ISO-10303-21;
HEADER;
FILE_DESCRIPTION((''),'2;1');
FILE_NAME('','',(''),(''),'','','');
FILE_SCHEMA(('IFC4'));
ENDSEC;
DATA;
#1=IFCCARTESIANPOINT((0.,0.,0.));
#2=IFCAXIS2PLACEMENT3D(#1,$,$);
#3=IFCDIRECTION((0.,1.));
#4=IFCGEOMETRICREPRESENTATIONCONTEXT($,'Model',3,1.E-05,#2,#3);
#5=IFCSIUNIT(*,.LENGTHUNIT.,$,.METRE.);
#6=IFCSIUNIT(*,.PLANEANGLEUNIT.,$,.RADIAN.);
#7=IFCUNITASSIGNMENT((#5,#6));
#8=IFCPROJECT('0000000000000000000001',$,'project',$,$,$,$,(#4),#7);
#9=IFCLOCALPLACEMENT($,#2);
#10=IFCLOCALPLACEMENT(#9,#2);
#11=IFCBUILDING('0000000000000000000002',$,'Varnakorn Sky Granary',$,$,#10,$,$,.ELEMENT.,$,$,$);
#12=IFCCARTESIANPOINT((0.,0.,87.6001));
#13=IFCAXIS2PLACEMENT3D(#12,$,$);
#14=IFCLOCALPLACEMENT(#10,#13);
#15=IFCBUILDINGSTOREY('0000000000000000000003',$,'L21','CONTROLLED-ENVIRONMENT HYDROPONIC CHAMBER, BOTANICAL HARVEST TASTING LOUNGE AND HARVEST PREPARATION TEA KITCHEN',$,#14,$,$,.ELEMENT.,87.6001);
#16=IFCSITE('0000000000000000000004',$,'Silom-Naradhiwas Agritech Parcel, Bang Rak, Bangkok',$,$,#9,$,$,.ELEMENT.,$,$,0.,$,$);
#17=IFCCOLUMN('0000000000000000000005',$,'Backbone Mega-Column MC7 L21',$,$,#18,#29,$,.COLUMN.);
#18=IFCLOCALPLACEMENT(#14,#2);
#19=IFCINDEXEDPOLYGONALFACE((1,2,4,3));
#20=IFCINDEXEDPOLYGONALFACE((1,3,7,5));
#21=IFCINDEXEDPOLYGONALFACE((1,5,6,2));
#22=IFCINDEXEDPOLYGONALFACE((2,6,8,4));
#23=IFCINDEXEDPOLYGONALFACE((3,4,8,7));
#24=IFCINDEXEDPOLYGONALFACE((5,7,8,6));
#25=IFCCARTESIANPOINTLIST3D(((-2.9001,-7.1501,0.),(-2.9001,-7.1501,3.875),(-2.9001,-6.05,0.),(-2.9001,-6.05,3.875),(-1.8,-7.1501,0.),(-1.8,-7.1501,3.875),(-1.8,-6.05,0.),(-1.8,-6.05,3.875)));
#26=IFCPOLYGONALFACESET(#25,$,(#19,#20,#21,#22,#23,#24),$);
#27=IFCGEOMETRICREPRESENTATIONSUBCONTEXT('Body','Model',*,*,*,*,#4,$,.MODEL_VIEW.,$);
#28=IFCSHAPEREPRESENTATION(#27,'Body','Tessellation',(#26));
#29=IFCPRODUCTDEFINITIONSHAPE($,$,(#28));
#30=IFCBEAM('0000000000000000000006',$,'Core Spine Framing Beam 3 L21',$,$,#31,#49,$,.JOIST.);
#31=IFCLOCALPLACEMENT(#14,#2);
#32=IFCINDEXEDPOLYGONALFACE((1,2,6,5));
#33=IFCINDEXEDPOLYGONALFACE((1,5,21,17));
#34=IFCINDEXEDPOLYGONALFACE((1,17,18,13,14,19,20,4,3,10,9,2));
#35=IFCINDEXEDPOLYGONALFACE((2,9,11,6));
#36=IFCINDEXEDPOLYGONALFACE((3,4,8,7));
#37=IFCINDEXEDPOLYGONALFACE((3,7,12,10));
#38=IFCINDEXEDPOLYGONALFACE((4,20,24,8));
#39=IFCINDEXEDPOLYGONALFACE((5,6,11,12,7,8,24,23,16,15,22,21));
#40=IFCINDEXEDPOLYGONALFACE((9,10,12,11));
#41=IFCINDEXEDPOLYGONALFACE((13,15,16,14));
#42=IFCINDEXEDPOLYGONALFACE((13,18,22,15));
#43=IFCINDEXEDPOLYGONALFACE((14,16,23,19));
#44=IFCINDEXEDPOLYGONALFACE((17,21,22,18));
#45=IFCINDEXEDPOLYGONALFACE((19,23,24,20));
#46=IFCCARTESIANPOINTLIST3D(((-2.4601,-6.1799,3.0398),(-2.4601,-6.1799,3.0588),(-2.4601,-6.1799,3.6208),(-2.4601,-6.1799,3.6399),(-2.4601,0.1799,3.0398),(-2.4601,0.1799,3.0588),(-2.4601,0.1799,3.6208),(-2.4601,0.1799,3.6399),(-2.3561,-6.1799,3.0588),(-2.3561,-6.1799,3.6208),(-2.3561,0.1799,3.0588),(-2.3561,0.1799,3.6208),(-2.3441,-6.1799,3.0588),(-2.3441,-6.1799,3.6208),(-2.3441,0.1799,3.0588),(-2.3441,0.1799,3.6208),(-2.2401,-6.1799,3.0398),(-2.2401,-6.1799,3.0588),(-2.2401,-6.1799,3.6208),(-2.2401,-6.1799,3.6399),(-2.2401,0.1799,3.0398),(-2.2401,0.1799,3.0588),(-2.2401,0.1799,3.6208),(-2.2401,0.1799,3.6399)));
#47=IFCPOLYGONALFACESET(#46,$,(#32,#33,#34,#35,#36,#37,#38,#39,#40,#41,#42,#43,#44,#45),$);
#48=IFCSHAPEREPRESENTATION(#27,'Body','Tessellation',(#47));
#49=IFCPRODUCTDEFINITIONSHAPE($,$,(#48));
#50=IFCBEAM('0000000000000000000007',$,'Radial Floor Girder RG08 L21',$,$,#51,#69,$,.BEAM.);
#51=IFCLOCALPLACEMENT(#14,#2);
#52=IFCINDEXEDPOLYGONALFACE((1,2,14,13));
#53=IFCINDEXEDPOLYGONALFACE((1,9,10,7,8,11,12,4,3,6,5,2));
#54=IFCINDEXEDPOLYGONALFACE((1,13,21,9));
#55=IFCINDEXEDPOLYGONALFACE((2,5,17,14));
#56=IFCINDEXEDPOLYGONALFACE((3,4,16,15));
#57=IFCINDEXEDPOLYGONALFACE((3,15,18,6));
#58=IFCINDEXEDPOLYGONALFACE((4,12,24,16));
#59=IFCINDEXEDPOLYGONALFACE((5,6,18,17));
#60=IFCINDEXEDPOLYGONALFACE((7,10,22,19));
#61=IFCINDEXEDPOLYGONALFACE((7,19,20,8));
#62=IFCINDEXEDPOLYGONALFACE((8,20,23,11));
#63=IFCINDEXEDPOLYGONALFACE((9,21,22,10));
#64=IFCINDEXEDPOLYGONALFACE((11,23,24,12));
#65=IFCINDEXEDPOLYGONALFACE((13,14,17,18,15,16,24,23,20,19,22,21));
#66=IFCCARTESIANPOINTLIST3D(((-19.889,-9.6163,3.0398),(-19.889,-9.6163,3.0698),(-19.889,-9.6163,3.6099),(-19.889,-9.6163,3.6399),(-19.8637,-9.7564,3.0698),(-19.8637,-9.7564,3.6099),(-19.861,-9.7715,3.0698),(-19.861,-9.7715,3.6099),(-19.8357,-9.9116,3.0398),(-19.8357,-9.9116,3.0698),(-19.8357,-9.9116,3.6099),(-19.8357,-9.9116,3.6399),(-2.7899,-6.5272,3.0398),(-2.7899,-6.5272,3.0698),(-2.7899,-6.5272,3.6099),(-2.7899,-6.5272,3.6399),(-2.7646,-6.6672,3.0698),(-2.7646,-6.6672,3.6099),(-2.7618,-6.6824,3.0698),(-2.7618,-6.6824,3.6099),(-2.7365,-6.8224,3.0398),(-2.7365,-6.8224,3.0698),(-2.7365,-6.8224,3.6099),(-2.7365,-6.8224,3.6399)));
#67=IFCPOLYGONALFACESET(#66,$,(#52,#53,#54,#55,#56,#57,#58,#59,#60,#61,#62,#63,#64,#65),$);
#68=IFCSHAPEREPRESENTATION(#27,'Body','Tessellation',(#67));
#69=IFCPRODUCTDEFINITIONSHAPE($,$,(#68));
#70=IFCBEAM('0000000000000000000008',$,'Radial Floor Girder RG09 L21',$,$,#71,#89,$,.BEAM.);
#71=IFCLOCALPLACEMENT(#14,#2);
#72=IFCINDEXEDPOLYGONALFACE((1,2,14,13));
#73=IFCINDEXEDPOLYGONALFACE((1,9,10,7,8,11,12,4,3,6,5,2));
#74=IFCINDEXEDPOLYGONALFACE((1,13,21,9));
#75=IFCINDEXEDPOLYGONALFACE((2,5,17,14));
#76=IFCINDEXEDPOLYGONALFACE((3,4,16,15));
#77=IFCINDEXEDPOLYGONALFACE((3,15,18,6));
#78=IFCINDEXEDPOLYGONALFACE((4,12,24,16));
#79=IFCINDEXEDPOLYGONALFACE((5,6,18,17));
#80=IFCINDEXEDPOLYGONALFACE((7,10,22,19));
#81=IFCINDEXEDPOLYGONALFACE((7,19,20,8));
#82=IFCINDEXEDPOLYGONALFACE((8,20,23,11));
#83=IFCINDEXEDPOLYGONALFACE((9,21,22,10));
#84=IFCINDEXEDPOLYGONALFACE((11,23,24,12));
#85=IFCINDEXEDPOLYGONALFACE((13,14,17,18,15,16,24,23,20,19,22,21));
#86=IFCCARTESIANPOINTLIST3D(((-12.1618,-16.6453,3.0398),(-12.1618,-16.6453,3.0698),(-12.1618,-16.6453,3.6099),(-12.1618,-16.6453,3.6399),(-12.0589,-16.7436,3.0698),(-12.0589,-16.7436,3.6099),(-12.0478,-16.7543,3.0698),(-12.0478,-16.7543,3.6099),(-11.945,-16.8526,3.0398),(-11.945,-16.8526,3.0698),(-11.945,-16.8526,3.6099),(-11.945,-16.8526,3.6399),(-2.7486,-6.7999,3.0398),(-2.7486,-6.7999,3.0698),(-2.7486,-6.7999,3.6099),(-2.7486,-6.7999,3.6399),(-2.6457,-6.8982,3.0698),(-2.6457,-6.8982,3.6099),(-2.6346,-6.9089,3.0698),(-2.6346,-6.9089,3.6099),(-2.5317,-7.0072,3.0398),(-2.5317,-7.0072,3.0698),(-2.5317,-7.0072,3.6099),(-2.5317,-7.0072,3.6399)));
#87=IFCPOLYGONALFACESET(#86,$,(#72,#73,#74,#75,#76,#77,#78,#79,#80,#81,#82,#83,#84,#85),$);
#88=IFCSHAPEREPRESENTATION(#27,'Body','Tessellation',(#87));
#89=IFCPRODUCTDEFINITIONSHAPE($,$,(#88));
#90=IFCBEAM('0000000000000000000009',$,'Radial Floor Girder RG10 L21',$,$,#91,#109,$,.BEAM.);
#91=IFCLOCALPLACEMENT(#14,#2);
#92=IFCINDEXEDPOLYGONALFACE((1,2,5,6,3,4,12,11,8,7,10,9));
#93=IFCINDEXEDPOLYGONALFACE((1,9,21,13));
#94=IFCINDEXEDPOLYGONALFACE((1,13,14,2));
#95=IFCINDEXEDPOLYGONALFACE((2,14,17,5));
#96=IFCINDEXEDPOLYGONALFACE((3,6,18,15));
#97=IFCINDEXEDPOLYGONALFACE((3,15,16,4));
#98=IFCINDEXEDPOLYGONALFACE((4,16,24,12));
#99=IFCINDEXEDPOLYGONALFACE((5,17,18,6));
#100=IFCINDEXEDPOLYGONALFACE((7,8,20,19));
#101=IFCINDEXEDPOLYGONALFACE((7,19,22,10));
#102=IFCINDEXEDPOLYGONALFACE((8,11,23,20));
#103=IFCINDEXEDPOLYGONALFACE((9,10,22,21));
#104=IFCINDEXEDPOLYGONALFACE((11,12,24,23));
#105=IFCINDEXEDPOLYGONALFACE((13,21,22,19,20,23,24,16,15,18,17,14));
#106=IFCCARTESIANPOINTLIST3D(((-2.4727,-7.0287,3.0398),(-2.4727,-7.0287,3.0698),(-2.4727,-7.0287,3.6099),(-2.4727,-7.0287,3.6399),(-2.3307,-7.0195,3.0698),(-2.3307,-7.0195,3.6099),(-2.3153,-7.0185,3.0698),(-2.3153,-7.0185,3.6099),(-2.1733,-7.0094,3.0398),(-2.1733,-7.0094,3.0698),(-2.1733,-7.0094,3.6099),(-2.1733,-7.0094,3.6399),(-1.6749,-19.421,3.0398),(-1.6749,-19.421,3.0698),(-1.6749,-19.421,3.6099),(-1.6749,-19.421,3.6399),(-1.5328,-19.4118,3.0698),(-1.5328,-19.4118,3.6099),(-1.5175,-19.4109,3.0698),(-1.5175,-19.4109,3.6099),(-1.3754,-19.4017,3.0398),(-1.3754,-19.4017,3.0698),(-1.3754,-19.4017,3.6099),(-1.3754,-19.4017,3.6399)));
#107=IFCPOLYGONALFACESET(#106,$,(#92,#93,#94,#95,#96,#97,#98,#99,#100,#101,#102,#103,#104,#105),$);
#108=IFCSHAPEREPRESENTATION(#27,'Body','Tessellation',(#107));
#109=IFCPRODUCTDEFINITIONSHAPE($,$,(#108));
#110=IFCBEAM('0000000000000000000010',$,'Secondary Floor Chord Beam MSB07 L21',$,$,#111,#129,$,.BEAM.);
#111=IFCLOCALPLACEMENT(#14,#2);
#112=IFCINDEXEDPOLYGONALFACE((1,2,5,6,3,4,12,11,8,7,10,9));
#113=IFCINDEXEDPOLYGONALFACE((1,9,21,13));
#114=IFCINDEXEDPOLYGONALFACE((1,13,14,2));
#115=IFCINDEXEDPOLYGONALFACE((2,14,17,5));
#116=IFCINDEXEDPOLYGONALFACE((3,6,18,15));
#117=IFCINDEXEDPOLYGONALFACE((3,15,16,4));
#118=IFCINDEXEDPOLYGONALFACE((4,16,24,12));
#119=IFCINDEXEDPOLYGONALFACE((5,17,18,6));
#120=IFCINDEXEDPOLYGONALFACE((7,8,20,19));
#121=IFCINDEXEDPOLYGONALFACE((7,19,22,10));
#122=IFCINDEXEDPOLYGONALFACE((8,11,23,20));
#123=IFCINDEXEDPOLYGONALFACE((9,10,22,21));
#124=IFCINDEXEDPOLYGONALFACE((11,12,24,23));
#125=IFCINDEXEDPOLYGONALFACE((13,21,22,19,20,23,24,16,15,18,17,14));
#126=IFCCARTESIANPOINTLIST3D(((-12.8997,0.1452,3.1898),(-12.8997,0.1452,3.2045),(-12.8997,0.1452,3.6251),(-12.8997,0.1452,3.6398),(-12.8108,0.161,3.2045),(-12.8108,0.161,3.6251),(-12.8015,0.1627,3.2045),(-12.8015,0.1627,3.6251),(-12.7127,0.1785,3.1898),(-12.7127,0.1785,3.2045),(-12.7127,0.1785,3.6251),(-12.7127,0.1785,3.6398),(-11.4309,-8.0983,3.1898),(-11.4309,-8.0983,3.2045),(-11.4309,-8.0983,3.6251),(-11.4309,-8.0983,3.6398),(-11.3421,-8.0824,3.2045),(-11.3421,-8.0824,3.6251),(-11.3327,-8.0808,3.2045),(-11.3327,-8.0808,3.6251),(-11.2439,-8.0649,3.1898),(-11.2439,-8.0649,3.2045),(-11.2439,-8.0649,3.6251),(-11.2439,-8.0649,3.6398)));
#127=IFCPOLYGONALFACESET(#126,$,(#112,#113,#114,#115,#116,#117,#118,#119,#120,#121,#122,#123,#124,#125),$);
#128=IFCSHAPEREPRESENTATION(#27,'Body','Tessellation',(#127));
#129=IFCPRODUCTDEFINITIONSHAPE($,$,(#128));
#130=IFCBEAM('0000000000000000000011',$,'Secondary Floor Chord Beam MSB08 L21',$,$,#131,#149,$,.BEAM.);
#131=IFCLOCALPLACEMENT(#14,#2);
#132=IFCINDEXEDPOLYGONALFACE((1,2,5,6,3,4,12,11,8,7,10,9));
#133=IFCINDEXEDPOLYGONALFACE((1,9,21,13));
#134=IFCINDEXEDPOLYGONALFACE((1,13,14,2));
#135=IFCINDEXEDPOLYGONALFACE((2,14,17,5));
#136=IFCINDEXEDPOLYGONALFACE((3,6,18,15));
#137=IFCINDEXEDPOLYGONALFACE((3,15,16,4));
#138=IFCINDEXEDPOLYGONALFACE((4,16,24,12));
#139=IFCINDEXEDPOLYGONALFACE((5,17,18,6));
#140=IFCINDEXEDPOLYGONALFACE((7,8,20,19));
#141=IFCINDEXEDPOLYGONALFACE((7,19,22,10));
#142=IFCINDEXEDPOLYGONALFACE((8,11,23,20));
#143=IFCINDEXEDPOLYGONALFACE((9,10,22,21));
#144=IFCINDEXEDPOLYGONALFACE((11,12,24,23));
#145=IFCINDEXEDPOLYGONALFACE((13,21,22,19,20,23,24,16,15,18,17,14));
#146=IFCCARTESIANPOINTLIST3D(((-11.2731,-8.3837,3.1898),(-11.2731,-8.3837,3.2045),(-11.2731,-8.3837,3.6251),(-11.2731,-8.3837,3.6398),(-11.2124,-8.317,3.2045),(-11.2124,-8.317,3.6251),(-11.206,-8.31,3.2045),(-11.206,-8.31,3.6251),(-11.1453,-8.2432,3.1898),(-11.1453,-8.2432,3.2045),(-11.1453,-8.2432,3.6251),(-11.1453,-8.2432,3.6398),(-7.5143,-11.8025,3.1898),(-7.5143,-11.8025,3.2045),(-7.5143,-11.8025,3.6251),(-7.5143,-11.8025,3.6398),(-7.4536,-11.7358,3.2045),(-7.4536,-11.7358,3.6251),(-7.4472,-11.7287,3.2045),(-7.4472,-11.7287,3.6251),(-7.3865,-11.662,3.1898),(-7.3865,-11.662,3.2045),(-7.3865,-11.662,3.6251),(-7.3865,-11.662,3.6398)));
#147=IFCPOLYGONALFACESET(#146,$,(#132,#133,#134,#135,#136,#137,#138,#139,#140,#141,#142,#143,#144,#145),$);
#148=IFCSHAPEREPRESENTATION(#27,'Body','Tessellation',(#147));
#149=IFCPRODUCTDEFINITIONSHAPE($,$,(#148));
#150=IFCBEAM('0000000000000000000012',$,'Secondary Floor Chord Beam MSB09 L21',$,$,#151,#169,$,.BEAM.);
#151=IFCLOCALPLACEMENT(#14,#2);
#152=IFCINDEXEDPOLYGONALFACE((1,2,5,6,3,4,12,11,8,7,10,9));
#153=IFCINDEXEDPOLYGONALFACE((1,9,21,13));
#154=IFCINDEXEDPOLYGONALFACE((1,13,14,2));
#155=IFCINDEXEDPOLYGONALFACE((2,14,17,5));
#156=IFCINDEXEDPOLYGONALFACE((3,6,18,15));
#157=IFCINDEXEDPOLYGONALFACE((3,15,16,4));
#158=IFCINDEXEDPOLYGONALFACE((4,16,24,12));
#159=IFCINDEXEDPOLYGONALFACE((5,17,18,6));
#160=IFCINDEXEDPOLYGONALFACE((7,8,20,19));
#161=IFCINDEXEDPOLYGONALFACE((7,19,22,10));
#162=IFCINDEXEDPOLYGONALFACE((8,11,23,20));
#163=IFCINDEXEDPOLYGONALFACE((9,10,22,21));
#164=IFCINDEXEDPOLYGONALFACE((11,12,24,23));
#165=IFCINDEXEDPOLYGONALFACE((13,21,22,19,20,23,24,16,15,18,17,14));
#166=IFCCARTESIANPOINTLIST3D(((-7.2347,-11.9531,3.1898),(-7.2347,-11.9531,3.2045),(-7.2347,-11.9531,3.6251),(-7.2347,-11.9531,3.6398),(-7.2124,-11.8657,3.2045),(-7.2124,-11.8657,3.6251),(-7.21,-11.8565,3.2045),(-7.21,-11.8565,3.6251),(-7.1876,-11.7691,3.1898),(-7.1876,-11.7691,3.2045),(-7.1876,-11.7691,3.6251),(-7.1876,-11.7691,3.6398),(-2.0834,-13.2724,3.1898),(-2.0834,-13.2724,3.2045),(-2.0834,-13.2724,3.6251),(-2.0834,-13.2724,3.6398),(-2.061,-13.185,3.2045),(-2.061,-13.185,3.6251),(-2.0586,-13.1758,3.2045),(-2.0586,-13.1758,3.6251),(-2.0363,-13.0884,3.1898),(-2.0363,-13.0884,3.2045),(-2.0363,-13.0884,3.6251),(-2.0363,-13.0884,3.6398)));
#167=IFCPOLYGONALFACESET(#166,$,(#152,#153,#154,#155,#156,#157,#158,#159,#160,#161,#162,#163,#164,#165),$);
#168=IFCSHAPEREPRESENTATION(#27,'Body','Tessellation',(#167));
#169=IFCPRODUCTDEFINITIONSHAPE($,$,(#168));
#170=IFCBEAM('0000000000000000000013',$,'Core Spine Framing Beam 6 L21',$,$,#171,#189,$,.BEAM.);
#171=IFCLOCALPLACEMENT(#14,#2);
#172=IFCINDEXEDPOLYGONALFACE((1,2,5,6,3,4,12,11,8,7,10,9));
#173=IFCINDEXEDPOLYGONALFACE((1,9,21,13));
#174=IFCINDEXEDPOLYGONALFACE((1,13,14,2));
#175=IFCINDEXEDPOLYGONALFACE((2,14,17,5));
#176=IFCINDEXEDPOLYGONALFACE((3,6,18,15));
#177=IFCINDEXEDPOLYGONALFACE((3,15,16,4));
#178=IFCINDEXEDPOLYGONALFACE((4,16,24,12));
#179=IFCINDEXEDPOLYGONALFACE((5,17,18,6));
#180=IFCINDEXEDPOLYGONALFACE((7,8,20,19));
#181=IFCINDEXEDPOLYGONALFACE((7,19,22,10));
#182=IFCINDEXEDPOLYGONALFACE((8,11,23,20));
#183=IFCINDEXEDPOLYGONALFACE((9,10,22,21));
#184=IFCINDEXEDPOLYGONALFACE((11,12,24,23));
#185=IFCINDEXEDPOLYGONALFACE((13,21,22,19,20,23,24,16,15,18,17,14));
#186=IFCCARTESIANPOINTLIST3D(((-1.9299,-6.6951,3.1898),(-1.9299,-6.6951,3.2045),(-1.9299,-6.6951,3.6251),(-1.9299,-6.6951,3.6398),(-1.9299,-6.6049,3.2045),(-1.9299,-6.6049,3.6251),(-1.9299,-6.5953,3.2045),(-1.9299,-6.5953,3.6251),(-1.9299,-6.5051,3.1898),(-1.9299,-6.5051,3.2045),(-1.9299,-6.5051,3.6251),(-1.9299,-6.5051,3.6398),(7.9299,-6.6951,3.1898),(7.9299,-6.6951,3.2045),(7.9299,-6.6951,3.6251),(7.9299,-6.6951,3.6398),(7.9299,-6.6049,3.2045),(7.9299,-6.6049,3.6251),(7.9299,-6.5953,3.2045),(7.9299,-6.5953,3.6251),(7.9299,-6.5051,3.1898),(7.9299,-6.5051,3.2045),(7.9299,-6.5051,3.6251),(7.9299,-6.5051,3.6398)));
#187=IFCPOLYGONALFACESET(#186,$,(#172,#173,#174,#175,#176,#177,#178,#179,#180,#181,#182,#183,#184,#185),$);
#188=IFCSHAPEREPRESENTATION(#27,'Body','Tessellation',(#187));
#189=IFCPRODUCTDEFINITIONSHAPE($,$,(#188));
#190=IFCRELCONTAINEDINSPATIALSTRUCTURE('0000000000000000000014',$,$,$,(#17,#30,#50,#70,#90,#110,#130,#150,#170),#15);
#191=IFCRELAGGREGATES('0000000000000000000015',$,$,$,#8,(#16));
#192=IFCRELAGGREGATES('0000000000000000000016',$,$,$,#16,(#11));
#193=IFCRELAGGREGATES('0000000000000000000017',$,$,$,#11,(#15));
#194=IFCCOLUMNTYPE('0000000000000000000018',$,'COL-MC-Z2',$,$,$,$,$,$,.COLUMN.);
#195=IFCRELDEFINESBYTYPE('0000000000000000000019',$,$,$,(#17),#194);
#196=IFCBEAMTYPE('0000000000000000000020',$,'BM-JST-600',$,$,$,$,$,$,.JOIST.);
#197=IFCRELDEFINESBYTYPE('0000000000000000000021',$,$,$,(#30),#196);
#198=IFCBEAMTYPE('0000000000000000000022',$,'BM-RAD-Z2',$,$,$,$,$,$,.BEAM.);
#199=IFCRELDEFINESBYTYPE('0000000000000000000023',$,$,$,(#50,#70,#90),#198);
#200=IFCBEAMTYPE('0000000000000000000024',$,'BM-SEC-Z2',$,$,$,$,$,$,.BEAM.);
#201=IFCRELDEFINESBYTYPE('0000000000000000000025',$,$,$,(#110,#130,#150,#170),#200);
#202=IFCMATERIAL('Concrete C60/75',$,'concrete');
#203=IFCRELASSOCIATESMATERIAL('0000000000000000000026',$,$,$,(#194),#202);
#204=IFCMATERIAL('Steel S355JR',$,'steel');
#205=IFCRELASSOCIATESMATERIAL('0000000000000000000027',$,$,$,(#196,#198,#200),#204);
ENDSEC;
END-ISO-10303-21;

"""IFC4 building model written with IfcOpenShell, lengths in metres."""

from ifc_helpers import new_model, si_unit, direction, frame, origin, origin_2d, place, context, subcontext, project, spatial, rectangle, i_section, extrude, material, material_profile, profile_set, type_object, element, save


model = new_model("IFC4")

# Units and contexts
model_context = context("Model", 3, precision=1e-05, world=origin(), true_north=direction((0.0, 1.0)))
body_context = subcontext(model_context, "Body", "Model", "MODEL_VIEW")
ifc_project = project(units=[si_unit("LENGTHUNIT", "METRE"), si_unit("PLANEANGLEUNIT", "RADIAN")], contexts=[model_context])

# Site, building, storey
site_placement = place(None, origin())
site = spatial("IfcSite", under=ifc_project, at=site_placement, Name="Silom-Naradhiwas Agritech Parcel, Bang Rak, Bangkok", CompositionType="ELEMENT", RefElevation=0.0)
building_placement = place(site_placement, origin())
building = spatial("IfcBuilding", under=site, at=building_placement, Name="Varnakorn Sky Granary", CompositionType="ELEMENT")
storey_placement = place(building_placement, frame((0.0, 0.0, 87.6001)))
storey = spatial("IfcBuildingStorey", under=building, at=storey_placement, Name="L21", Description="CONTROLLED-ENVIRONMENT HYDROPONIC CHAMBER, BOTANICAL HARVEST TASTING LOUNGE AND HARVEST PREPARATION TEA KITCHEN", CompositionType="ELEMENT", Elevation=87.6001)

# Column
ifc_material_1 = material(Name="Concrete C60/75", Category="concrete")
ifc_material_profile_1 = material_profile(ifc_material_1, rectangle(XDim=1.1001, YDim=1.1001, at=origin_2d()), Name="RC 1100x1100")
ifc_profile_set_1 = profile_set([ifc_material_profile_1], Name="Concrete C60/75")
column_type = type_object("IfcColumnType", Name="COL-MC-Z2", PredefinedType="COLUMN", material=ifc_profile_set_1)
column_placement = place(storey_placement, frame((-2.3501, -6.6001, 0.0), z_axis=(0.0, 0.0, 1.0), x_axis=(1.0, 0.0, 0.0)))
element("IfcColumn", 1, at=column_placement, inside=storey, type_object=column_type, Name="Backbone Mega-Column MC7 L21", PredefinedType="COLUMN", context=body_context, shape_type="SweptSolid", body=[
    extrude(rectangle(XDim=1.1001, YDim=1.1001, at=origin_2d()), origin(), (0.0, 0.0, 1.0), 3.875),
])

# Beams
ifc_material_2 = material(Name="Steel S355JR", Category="steel")
ifc_material_profile_2 = material_profile(ifc_material_2, i_section(OverallWidth=0.22, OverallDepth=0.6001, WebThickness=0.012, FlangeThickness=0.019, at=origin_2d()), Name="IPE 600")
ifc_profile_set_2 = profile_set([ifc_material_profile_2], Name="Steel S355JR")
beam_type_1 = type_object("IfcBeamType", Name="BM-JST-600", PredefinedType="JOIST", material=ifc_profile_set_2)
beam_1_placement = place(storey_placement, frame((-2.3501, 0.1799, 3.3398), z_axis=(0.0, -1.0, 0.0), x_axis=(1.0, 0.0, 0.0)))
element("IfcBeam", 2, at=beam_1_placement, inside=storey, type_object=beam_type_1, Name="Core Spine Framing Beam 3 L21", PredefinedType="JOIST", context=body_context, shape_type="SweptSolid", body=[
    extrude(i_section(OverallWidth=0.22, OverallDepth=0.6001, WebThickness=0.012, FlangeThickness=0.019, at=origin_2d()), origin(), (0.0, 0.0, 1.0), 6.3599),
])
ifc_material_profile_3 = material_profile(ifc_material_2, i_section(OverallWidth=0.3, OverallDepth=0.6001, WebThickness=0.0154, FlangeThickness=0.03, at=origin_2d()), Name="HE 600 B")
ifc_profile_set_3 = profile_set([ifc_material_profile_3], Name="Steel S355JR")
beam_type_2 = type_object("IfcBeamType", Name="BM-RAD-Z2", PredefinedType="BEAM", material=ifc_profile_set_3)
beam_2_placement = place(storey_placement, frame((-2.7632, -6.6748, 3.3398), z_axis=(-0.98407, -0.177781, 0.0), x_axis=(0.177781, -0.98407, 0.0)))
element("IfcBeam", 3, at=beam_2_placement, inside=storey, type_object=beam_type_2, Name="Radial Floor Girder RG08 L21", PredefinedType="BEAM", context=body_context, shape_type="SweptSolid", body=[
    extrude(i_section(OverallWidth=0.3, OverallDepth=0.6001, WebThickness=0.0154, FlangeThickness=0.03, at=origin_2d()), origin(), (0.0, 0.0, 1.0), 17.376),
])
beam_3_placement = place(storey_placement, frame((-2.6401, -6.9036, 3.3398), z_axis=(-0.691067, -0.722791, 0.0), x_axis=(0.722791, -0.691067, 0.0)))
element("IfcBeam", 4, at=beam_3_placement, inside=storey, type_object=beam_type_2, Name="Radial Floor Girder RG09 L21", PredefinedType="BEAM", context=body_context, shape_type="SweptSolid", body=[
    extrude(i_section(OverallWidth=0.3, OverallDepth=0.6001, WebThickness=0.0154, FlangeThickness=0.03, at=origin_2d()), origin(), (0.0, 0.0, 1.0), 13.6213),
])
beam_4_placement = place(storey_placement, frame((-2.323, -7.019, 3.3398), z_axis=(0.06425, -0.997934, 0.0), x_axis=(0.997934, 0.06425, 0.0)))
element("IfcBeam", 5, at=beam_4_placement, inside=storey, type_object=beam_type_2, Name="Radial Floor Girder RG10 L21", PredefinedType="BEAM", context=body_context, shape_type="SweptSolid", body=[
    extrude(i_section(OverallWidth=0.3, OverallDepth=0.6001, WebThickness=0.0154, FlangeThickness=0.03, at=origin_2d()), origin(), (0.0, 0.0, 1.0), 12.418),
])
ifc_material_profile_4 = material_profile(ifc_material_2, i_section(OverallWidth=0.1899, OverallDepth=0.45, WebThickness=0.0095, FlangeThickness=0.0146, at=origin_2d()), Name="IPE 450")
ifc_profile_set_4 = profile_set([ifc_material_profile_4], Name="Steel S355JR")
beam_type_3 = type_object("IfcBeamType", Name="BM-SEC-Z2", PredefinedType="BEAM", material=ifc_profile_set_4)
beam_5_placement = place(storey_placement, frame((-12.8062, 0.1619, 3.4148), z_axis=(0.17541, -0.984495, 0.0), x_axis=(0.984495, 0.17541, 0.0)))
element("IfcBeam", 6, at=beam_5_placement, inside=storey, type_object=beam_type_3, Name="Secondary Floor Chord Beam MSB07 L21", PredefinedType="BEAM", context=body_context, shape_type="SweptSolid", body=[
    extrude(i_section(OverallWidth=0.1899, OverallDepth=0.45, WebThickness=0.0095, FlangeThickness=0.0146, at=origin_2d()), origin(), (0.0, 0.0, 1.0), 8.3733),
])
beam_6_placement = place(storey_placement, frame((-11.2092, -8.3135, 3.4148), z_axis=(0.739781, -0.672847, 0.0), x_axis=(0.672847, 0.739781, 0.0)))
element("IfcBeam", 7, at=beam_6_placement, inside=storey, type_object=beam_type_3, Name="Secondary Floor Chord Beam MSB08 L21", PredefinedType="BEAM", context=body_context, shape_type="SweptSolid", body=[
    extrude(i_section(OverallWidth=0.1899, OverallDepth=0.45, WebThickness=0.0095, FlangeThickness=0.0146, at=origin_2d()), origin(), (0.0, 0.0, 1.0), 5.0811),
])
beam_7_placement = place(storey_placement, frame((-7.2112, -11.8611, 3.4148), z_axis=(0.968733, -0.248106, 0.0), x_axis=(0.248106, 0.968733, 0.0)))
element("IfcBeam", 8, at=beam_7_placement, inside=storey, type_object=beam_type_3, Name="Secondary Floor Chord Beam MSB09 L21", PredefinedType="BEAM", context=body_context, shape_type="SweptSolid", body=[
    extrude(i_section(OverallWidth=0.1899, OverallDepth=0.45, WebThickness=0.0095, FlangeThickness=0.0146, at=origin_2d()), origin(), (0.0, 0.0, 1.0), 5.3176),
])
beam_8_placement = place(storey_placement, frame((-1.9299, -6.6001, 3.4148), z_axis=(1.0, 0.0, 0.0), x_axis=(0.0, 1.0, 0.0)))
element("IfcBeam", 9, at=beam_8_placement, inside=storey, type_object=beam_type_3, Name="Core Spine Framing Beam 6 L21", PredefinedType="BEAM", context=body_context, shape_type="SweptSolid", body=[
    extrude(i_section(OverallWidth=0.1899, OverallDepth=0.45, WebThickness=0.0095, FlangeThickness=0.0146, at=origin_2d()), origin(), (0.0, 0.0, 1.0), 9.8599),
])

save(model, "model.ifc")
